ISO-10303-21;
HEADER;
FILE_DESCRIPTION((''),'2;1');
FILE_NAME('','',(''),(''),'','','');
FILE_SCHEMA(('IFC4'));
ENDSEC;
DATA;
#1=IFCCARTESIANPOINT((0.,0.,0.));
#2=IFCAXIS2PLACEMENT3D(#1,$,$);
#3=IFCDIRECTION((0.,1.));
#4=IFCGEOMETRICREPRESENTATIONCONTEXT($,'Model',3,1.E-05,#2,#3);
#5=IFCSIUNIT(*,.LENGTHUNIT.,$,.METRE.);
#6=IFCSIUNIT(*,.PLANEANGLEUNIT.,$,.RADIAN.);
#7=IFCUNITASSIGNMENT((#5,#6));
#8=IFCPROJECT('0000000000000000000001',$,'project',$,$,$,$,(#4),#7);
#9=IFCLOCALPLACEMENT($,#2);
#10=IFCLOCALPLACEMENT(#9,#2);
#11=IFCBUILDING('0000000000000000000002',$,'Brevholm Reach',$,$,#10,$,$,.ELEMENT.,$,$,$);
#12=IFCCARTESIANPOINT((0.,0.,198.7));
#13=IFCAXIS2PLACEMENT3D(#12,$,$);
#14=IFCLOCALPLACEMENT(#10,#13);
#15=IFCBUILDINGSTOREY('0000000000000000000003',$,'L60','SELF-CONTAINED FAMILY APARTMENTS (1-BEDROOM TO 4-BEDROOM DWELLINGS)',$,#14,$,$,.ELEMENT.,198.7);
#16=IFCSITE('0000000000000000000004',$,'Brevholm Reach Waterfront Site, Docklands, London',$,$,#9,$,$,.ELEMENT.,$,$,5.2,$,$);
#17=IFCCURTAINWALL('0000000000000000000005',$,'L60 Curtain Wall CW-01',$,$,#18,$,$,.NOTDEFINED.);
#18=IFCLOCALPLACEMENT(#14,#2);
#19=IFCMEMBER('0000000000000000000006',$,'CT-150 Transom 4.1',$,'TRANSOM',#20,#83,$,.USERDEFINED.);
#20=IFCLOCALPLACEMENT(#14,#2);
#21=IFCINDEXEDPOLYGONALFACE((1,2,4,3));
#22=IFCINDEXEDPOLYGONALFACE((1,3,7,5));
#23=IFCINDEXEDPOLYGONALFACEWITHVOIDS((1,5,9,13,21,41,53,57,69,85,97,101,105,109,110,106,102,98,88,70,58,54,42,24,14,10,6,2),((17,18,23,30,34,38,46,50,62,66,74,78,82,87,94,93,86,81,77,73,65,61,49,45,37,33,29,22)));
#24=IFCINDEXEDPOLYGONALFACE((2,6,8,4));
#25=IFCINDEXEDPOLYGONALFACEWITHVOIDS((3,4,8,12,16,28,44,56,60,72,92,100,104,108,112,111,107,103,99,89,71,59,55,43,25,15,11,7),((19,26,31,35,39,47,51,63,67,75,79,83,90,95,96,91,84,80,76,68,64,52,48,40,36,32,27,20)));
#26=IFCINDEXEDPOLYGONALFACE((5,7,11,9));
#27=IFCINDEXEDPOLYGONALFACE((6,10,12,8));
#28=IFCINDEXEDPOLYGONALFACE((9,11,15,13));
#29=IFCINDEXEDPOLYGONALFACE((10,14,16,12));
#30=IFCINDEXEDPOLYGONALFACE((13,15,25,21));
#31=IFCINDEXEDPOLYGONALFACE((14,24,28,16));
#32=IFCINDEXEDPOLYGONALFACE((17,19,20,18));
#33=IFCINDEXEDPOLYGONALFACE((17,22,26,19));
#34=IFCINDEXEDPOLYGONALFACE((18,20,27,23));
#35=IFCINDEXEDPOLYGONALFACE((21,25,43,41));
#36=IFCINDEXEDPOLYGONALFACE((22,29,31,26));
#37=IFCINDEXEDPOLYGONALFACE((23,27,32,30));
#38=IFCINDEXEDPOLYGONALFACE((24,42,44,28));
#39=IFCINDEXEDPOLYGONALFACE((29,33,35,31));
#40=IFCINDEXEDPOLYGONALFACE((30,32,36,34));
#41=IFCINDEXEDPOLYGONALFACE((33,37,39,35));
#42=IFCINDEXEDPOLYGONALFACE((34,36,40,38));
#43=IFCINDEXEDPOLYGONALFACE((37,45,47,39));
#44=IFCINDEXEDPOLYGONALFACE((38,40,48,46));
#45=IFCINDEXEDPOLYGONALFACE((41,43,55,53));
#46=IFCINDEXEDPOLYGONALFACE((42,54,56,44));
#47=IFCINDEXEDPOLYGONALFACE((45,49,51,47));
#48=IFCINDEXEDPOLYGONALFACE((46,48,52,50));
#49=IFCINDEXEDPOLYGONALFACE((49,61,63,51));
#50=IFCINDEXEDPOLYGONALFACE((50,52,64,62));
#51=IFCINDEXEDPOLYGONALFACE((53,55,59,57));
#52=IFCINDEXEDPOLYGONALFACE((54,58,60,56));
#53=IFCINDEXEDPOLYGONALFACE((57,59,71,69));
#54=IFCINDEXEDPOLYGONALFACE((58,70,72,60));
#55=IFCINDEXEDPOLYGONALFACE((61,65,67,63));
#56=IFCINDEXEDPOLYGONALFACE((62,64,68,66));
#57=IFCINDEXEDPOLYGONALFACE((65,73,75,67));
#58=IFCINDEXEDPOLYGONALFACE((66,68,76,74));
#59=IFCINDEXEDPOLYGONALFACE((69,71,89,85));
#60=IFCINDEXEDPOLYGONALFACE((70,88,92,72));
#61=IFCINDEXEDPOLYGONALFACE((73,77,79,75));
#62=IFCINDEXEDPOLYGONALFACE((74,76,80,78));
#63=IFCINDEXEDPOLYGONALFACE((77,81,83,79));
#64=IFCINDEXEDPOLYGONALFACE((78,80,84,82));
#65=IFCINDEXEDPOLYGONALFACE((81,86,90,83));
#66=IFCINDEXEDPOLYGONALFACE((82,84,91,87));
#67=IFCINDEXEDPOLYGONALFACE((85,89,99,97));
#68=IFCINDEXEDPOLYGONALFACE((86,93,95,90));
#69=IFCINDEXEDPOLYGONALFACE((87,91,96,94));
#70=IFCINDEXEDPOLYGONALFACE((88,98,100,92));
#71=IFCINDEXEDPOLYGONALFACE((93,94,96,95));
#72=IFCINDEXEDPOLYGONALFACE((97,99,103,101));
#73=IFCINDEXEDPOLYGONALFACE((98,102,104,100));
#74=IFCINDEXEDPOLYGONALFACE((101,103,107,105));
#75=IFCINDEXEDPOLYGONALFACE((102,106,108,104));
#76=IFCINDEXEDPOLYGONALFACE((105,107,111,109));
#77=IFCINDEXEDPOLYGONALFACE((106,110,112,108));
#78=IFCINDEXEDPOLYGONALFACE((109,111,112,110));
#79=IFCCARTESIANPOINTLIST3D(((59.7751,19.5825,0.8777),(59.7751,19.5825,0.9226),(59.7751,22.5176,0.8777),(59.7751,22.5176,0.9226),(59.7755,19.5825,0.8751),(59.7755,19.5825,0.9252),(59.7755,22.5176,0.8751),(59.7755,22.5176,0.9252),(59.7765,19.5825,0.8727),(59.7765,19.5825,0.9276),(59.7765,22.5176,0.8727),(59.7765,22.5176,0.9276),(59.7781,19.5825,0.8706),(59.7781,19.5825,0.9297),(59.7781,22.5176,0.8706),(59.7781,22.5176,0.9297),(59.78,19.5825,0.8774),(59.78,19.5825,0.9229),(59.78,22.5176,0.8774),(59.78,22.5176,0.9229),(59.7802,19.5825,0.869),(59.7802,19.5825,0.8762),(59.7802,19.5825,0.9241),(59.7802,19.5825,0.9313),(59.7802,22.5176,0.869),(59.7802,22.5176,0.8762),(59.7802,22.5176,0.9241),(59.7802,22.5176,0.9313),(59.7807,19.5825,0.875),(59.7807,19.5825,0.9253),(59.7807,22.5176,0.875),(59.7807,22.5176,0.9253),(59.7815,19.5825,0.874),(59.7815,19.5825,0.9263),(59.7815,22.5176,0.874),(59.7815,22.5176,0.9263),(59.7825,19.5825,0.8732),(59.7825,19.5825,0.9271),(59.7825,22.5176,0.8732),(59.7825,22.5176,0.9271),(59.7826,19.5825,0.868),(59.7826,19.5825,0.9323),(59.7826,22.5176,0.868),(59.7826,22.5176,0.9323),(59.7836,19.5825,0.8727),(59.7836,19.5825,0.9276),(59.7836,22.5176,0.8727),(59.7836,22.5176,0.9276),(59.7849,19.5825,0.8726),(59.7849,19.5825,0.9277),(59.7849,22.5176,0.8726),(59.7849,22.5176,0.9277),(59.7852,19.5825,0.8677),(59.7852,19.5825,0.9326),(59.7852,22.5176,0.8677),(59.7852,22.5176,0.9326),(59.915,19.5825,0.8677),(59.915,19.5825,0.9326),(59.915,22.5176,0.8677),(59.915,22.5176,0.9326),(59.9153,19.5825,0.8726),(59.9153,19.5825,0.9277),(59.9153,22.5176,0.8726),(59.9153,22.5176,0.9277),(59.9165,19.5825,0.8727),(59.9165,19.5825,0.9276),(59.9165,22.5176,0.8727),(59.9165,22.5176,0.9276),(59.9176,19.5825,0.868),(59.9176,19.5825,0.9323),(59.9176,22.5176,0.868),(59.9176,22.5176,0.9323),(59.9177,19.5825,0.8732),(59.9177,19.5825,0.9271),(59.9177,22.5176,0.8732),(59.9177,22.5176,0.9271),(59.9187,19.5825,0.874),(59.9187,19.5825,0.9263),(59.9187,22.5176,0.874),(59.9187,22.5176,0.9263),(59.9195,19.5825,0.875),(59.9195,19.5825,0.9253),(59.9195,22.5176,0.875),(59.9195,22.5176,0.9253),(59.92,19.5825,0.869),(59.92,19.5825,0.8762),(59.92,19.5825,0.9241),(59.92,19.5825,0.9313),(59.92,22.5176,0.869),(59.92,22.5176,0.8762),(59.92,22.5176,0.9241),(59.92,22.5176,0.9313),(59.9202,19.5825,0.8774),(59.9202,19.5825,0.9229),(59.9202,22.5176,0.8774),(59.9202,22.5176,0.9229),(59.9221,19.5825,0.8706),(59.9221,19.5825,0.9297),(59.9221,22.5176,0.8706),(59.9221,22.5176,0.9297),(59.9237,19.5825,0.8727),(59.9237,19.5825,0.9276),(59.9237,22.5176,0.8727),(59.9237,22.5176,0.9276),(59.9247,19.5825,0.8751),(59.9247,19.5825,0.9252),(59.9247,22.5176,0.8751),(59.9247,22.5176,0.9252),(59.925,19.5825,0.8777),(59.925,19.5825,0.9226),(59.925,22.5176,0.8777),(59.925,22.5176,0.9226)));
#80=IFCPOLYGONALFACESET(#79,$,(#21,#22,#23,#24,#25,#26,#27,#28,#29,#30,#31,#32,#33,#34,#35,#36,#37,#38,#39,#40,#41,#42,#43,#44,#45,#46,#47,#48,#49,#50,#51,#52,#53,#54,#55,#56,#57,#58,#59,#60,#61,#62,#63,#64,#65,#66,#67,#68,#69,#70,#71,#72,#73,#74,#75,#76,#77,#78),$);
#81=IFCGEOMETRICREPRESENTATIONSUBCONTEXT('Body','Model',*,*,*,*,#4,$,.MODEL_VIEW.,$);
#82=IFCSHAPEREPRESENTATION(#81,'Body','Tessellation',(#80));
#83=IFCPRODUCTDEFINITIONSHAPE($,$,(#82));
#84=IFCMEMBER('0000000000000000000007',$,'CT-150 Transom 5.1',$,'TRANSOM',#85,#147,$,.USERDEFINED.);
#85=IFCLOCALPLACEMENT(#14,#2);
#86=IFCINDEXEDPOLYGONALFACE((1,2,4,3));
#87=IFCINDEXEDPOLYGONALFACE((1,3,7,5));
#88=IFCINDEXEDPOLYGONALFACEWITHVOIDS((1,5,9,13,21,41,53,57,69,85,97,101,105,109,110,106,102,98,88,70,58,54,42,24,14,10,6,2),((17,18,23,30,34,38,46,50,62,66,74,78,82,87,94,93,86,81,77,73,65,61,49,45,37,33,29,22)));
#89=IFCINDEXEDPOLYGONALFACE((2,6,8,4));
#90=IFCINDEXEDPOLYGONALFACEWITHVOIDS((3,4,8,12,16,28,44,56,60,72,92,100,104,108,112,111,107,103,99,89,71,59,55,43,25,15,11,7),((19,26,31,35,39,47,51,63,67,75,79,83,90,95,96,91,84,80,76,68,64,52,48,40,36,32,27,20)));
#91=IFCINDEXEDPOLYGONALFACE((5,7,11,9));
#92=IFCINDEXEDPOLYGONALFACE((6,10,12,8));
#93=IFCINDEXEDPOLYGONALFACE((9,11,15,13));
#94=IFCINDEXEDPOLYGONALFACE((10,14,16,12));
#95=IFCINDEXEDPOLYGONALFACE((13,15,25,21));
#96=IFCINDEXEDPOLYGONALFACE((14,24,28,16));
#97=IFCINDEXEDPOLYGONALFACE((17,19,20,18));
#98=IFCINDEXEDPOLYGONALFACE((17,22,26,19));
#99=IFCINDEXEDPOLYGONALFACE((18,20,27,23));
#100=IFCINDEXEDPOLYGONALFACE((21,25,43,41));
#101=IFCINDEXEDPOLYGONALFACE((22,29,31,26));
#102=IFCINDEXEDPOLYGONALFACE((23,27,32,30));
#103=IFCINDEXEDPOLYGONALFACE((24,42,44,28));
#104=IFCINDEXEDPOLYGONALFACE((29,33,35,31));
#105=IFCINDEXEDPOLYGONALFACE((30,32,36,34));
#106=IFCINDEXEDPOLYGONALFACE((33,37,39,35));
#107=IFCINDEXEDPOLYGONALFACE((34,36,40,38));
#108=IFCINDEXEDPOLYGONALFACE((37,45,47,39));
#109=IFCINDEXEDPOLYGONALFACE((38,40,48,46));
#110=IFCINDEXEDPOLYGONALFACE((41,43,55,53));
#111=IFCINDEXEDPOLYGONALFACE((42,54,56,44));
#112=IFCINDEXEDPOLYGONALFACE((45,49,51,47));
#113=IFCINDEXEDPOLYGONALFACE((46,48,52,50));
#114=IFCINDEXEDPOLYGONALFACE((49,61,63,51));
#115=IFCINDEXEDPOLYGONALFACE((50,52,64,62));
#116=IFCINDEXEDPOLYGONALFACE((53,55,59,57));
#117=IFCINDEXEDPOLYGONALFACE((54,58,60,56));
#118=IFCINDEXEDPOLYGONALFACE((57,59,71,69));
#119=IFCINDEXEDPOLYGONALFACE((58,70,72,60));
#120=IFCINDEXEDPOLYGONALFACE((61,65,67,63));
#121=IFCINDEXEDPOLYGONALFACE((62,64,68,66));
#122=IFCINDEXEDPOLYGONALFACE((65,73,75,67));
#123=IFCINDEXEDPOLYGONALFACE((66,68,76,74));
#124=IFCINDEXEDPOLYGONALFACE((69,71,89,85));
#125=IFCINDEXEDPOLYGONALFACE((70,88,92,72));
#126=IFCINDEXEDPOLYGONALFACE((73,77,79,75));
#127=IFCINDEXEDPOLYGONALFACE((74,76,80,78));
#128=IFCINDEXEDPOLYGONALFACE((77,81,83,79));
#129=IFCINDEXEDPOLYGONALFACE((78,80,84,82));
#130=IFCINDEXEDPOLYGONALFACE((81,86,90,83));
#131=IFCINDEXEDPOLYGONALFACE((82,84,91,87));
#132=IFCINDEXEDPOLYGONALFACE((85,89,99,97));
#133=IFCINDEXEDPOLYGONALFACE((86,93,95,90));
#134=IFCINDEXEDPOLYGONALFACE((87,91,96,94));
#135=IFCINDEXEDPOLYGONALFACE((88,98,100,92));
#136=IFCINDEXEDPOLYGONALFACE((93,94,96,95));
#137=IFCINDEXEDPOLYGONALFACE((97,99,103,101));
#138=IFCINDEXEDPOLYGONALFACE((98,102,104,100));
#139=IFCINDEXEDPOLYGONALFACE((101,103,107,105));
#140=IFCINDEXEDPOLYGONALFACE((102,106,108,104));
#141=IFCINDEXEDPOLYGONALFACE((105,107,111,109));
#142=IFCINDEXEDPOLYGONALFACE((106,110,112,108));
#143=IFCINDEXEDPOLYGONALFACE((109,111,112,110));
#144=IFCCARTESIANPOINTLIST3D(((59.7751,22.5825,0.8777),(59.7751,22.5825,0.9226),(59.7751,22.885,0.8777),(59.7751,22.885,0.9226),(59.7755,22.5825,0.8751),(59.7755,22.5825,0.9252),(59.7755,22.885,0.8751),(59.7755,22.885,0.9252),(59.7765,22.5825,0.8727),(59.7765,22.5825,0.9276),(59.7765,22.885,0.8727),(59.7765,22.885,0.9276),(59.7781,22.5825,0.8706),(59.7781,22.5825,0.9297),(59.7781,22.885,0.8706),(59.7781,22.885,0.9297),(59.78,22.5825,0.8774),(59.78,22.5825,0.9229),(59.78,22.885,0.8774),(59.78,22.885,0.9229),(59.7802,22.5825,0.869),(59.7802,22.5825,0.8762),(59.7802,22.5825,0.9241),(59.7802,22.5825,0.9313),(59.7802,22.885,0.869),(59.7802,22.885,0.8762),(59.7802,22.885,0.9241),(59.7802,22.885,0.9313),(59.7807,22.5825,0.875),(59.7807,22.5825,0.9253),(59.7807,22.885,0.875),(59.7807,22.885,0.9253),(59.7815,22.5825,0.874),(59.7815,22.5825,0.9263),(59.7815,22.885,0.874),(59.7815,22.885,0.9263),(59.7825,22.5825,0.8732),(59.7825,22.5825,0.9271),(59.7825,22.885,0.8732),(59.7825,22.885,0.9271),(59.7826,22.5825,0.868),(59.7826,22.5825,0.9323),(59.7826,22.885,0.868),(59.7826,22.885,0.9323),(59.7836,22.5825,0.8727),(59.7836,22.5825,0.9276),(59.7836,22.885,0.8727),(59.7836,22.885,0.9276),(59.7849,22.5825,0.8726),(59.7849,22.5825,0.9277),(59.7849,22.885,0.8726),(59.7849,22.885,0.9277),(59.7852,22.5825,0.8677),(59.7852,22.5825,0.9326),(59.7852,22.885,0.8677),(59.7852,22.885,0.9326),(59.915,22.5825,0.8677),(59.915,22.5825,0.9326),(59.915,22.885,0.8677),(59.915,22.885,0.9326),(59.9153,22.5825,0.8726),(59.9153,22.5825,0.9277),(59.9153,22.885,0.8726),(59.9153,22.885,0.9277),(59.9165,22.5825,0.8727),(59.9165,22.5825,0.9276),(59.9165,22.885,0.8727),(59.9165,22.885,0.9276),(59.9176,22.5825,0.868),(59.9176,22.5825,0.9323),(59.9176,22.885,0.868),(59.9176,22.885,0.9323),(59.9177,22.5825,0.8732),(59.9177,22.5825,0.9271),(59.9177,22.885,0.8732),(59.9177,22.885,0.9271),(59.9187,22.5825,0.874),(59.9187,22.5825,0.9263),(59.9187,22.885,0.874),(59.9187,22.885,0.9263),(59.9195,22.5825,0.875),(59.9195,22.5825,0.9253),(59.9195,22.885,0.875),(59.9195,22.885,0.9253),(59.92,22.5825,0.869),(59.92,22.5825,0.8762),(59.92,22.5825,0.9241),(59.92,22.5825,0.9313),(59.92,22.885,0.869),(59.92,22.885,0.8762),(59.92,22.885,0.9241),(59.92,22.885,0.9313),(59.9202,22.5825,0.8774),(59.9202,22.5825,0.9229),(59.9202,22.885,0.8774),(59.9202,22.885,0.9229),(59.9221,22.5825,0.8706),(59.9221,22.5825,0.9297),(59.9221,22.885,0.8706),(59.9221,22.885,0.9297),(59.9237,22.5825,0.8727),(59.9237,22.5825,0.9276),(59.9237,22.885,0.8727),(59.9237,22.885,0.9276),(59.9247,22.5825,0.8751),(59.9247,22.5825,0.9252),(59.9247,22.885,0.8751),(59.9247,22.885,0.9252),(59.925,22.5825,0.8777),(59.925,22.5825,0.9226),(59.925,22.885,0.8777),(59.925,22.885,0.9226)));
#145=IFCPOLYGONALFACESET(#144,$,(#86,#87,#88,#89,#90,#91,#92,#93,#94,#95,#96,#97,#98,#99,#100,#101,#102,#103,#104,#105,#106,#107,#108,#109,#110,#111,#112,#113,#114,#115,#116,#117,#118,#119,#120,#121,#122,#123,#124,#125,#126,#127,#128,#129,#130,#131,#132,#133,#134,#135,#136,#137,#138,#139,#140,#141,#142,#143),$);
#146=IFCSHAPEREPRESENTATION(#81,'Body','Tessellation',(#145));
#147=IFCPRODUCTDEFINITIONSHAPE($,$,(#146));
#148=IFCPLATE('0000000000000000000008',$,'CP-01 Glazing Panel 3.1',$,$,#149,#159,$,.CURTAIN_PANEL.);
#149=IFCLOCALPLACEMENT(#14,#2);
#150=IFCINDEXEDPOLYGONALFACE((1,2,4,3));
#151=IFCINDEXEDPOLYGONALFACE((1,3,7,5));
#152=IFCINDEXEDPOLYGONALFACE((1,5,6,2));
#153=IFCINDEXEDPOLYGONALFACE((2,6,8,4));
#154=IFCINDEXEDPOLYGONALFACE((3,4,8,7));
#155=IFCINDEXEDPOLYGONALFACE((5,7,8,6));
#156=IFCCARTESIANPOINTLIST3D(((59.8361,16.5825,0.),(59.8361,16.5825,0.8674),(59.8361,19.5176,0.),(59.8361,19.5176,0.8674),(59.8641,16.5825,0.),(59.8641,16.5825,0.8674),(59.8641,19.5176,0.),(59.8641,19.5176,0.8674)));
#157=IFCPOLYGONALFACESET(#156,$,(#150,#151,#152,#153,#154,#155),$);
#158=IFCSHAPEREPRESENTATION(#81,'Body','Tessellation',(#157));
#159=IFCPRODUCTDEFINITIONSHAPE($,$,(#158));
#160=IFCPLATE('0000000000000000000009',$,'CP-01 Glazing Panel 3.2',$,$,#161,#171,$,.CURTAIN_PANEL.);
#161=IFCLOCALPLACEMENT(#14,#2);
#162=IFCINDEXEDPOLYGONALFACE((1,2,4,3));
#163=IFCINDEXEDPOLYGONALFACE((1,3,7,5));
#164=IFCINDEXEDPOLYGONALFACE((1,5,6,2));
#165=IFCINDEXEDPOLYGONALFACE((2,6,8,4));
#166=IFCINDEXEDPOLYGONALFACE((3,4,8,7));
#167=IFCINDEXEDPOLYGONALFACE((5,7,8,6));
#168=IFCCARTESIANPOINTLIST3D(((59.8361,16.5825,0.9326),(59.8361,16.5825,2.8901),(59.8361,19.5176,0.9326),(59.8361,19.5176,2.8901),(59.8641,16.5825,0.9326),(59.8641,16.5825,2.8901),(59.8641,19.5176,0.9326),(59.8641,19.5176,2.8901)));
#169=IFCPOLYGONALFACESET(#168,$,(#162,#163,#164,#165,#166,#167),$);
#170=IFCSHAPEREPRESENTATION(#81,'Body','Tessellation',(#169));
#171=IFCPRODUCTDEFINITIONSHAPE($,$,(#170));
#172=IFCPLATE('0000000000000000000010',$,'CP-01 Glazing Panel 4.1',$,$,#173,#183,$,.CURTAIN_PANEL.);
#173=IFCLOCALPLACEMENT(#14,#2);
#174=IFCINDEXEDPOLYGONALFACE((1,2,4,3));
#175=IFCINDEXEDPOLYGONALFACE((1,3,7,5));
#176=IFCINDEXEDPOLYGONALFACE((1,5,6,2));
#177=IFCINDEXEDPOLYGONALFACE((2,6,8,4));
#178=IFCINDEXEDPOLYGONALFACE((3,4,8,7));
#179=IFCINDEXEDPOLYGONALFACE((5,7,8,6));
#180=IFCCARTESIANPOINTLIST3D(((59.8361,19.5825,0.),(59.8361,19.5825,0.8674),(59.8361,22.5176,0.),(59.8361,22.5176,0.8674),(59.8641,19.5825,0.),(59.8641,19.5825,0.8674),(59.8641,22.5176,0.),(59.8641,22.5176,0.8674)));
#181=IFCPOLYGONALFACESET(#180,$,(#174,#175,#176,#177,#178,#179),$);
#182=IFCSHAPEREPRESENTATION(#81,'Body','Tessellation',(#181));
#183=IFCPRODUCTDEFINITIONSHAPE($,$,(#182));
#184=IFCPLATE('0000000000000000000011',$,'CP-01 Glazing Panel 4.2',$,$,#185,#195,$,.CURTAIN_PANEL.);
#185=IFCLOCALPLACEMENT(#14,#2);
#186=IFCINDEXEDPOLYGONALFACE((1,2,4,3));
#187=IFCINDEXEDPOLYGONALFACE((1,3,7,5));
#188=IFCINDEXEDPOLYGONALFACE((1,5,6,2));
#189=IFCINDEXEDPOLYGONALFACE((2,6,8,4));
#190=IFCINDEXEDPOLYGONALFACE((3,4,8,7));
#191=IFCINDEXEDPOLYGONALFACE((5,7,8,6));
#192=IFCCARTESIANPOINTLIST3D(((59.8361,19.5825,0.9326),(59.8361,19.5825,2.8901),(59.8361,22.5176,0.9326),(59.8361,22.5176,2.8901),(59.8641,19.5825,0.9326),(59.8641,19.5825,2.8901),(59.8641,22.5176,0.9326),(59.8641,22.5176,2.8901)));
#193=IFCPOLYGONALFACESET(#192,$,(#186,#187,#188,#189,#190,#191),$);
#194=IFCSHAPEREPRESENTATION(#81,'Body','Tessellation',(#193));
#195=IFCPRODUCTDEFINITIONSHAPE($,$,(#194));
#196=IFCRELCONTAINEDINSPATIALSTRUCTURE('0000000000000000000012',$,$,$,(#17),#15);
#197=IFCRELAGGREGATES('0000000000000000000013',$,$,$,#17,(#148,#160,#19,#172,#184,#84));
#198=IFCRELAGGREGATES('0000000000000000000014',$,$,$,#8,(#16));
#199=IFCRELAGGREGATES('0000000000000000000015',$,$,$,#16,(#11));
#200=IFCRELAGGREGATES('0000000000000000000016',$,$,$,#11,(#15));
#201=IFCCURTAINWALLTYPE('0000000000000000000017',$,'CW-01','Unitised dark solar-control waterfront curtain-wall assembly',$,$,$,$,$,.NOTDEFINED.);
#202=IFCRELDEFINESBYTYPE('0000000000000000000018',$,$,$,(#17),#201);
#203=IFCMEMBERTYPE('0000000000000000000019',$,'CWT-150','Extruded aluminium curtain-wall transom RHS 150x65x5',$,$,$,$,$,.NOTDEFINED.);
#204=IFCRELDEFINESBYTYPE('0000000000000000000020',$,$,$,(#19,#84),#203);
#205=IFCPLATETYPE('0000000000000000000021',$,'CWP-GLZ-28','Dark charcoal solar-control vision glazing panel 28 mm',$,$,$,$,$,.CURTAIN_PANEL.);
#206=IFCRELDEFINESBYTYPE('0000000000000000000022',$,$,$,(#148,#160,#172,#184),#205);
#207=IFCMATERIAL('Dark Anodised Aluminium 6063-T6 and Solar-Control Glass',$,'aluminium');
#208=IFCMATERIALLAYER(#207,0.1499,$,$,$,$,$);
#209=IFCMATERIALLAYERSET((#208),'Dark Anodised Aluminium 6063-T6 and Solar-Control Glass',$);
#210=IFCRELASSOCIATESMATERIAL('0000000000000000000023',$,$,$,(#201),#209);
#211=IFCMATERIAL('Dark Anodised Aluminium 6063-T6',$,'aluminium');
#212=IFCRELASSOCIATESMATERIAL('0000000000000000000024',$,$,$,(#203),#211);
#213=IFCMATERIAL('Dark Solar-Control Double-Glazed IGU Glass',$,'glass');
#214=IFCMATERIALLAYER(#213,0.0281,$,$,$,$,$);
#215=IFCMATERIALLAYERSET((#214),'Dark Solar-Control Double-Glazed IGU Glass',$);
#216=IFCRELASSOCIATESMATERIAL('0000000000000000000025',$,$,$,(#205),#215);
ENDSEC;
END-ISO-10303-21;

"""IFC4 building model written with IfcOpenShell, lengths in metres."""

from ifc_helpers import new_model, si_unit, direction, frame, origin, origin_2d, place, context, subcontext, project, spatial, rectangle, hollow_rectangle, extrude, material, layer, layer_set, material_profile, profile_set, type_object, element, aggregate, save


model = new_model("IFC4")

# Units and contexts
model_context = context("Model", 3, precision=1e-05, world=origin(), true_north=direction((0.0, 1.0)))
body_context = subcontext(model_context, "Body", "Model", "MODEL_VIEW")
ifc_project = project(units=[si_unit("LENGTHUNIT", "METRE"), si_unit("PLANEANGLEUNIT", "RADIAN")], contexts=[model_context])

# Site, building, storey
site_placement = place(None, origin())
site = spatial("IfcSite", under=ifc_project, at=site_placement, Name="Brevholm Reach Waterfront Site, Docklands, London", CompositionType="ELEMENT", RefElevation=5.2)
building_placement = place(site_placement, origin())
building = spatial("IfcBuilding", under=site, at=building_placement, Name="Brevholm Reach", CompositionType="ELEMENT")
storey_placement = place(building_placement, frame((0.0, 0.0, 198.7)))
storey = spatial("IfcBuildingStorey", under=building, at=storey_placement, Name="L60", Description="SELF-CONTAINED FAMILY APARTMENTS (1-BEDROOM TO 4-BEDROOM DWELLINGS)", CompositionType="ELEMENT", Elevation=198.7)

# Curtain wall, members, plates
ifc_material_1 = material(Name="Dark Anodised Aluminium 6063-T6 and Solar-Control Glass", Category="aluminium")
ifc_layer_1 = layer(ifc_material_1, 0.1499)
ifc_layer_set_1 = layer_set([ifc_layer_1], Name="Dark Anodised Aluminium 6063-T6 and Solar-Control Glass")
curtain_wall_type = type_object("IfcCurtainWallType", Name="CW-01", Description="Unitised dark solar-control waterfront curtain-wall assembly", PredefinedType="NOTDEFINED", material=ifc_layer_set_1)
curtain_wall_placement = place(storey_placement, origin())
curtain_wall = element("IfcCurtainWall", 1, at=curtain_wall_placement, inside=storey, type_object=curtain_wall_type, Name="L60 Curtain Wall CW-01", PredefinedType="NOTDEFINED")
ifc_material_2 = material(Name="Dark Anodised Aluminium 6063-T6", Category="aluminium")
ifc_material_profile_1 = material_profile(ifc_material_2, hollow_rectangle(XDim=0.0649, YDim=0.1499, WallThickness=0.0049, InnerFilletRadius=0.0049, OuterFilletRadius=0.01, at=origin_2d()), Name="RHS 150x65x5")
ifc_profile_set_1 = profile_set([ifc_material_profile_1], Name="Dark Anodised Aluminium 6063-T6")
member_type_1 = type_object("IfcMemberType", Name="CWT-150", Description="Extruded aluminium curtain-wall transom RHS 150x65x5", PredefinedType="NOTDEFINED", material=ifc_profile_set_1)
member_1_placement = place(storey_placement, frame((59.8501, 19.5825, 0.9001), z_axis=(0.0, 1.0, 0.0), x_axis=(0.0, 0.0, 1.0)))
member_1 = element("IfcMember", 2, at=member_1_placement, type_object=member_type_1, Name="CT-150 Transom 4.1", ObjectType="TRANSOM", PredefinedType="USERDEFINED", context=body_context, shape_type="SweptSolid", body=[
    extrude(hollow_rectangle(XDim=0.0649, YDim=0.1499, WallThickness=0.0049, InnerFilletRadius=0.0049, OuterFilletRadius=0.01, at=origin_2d()), origin(), (0.0, 0.0, 1.0), 2.9351),
])
member_2_placement = place(storey_placement, frame((59.8501, 22.5825, 0.9001), z_axis=(0.0, 1.0, 0.0), x_axis=(0.0, 0.0, 1.0)))
member_2 = element("IfcMember", 3, at=member_2_placement, type_object=member_type_1, Name="CT-150 Transom 5.1", ObjectType="TRANSOM", PredefinedType="USERDEFINED", context=body_context, shape_type="SweptSolid", body=[
    extrude(hollow_rectangle(XDim=0.0649, YDim=0.1499, WallThickness=0.0049, InnerFilletRadius=0.0049, OuterFilletRadius=0.01, at=origin_2d()), origin(), (0.0, 0.0, 1.0), 0.3025),
])
ifc_material_3 = material(Name="Dark Solar-Control Double-Glazed IGU Glass", Category="glass")
ifc_layer_2 = layer(ifc_material_3, 0.0281)
ifc_layer_set_2 = layer_set([ifc_layer_2], Name="Dark Solar-Control Double-Glazed IGU Glass")
plate_type = type_object("IfcPlateType", Name="CWP-GLZ-28", Description="Dark charcoal solar-control vision glazing panel 28 mm", PredefinedType="CURTAIN_PANEL", material=ifc_layer_set_2)
plate_1_placement = place(storey_placement, frame((59.8501, 18.05, 0.0), z_axis=(0.0, 0.0, 1.0), x_axis=(0.0, 1.0, 0.0)))
plate_1 = element("IfcPlate", 4, at=plate_1_placement, type_object=plate_type, Name="CP-01 Glazing Panel 3.1", PredefinedType="CURTAIN_PANEL", context=body_context, shape_type="SweptSolid", body=[
    extrude(rectangle(XDim=2.9351, YDim=0.0281, at=origin_2d()), origin(), (0.0, 0.0, 1.0), 0.8674),
])
plate_2_placement = place(storey_placement, frame((59.8501, 18.05, 0.9326), z_axis=(0.0, 0.0, 1.0), x_axis=(0.0, 1.0, 0.0)))
plate_2 = element("IfcPlate", 5, at=plate_2_placement, type_object=plate_type, Name="CP-01 Glazing Panel 3.2", PredefinedType="CURTAIN_PANEL", context=body_context, shape_type="SweptSolid", body=[
    extrude(rectangle(XDim=2.9351, YDim=0.0281, at=origin_2d()), origin(), (0.0, 0.0, 1.0), 1.9575),
])
plate_3_placement = place(storey_placement, frame((59.8501, 21.05, 0.0), z_axis=(0.0, 0.0, 1.0), x_axis=(0.0, 1.0, 0.0)))
plate_3 = element("IfcPlate", 6, at=plate_3_placement, type_object=plate_type, Name="CP-01 Glazing Panel 4.1", PredefinedType="CURTAIN_PANEL", context=body_context, shape_type="SweptSolid", body=[
    extrude(rectangle(XDim=2.9351, YDim=0.0281, at=origin_2d()), origin(), (0.0, 0.0, 1.0), 0.8674),
])
plate_4_placement = place(storey_placement, frame((59.8501, 21.05, 0.9326), z_axis=(0.0, 0.0, 1.0), x_axis=(0.0, 1.0, 0.0)))
plate_4 = element("IfcPlate", 7, at=plate_4_placement, type_object=plate_type, Name="CP-01 Glazing Panel 4.2", PredefinedType="CURTAIN_PANEL", context=body_context, shape_type="SweptSolid", body=[
    extrude(rectangle(XDim=2.9351, YDim=0.0281, at=origin_2d()), origin(), (0.0, 0.0, 1.0), 1.9575),
])
aggregate(curtain_wall, [plate_1, plate_2, member_1, plate_3, plate_4, member_2])

save(model, "model.ifc")
